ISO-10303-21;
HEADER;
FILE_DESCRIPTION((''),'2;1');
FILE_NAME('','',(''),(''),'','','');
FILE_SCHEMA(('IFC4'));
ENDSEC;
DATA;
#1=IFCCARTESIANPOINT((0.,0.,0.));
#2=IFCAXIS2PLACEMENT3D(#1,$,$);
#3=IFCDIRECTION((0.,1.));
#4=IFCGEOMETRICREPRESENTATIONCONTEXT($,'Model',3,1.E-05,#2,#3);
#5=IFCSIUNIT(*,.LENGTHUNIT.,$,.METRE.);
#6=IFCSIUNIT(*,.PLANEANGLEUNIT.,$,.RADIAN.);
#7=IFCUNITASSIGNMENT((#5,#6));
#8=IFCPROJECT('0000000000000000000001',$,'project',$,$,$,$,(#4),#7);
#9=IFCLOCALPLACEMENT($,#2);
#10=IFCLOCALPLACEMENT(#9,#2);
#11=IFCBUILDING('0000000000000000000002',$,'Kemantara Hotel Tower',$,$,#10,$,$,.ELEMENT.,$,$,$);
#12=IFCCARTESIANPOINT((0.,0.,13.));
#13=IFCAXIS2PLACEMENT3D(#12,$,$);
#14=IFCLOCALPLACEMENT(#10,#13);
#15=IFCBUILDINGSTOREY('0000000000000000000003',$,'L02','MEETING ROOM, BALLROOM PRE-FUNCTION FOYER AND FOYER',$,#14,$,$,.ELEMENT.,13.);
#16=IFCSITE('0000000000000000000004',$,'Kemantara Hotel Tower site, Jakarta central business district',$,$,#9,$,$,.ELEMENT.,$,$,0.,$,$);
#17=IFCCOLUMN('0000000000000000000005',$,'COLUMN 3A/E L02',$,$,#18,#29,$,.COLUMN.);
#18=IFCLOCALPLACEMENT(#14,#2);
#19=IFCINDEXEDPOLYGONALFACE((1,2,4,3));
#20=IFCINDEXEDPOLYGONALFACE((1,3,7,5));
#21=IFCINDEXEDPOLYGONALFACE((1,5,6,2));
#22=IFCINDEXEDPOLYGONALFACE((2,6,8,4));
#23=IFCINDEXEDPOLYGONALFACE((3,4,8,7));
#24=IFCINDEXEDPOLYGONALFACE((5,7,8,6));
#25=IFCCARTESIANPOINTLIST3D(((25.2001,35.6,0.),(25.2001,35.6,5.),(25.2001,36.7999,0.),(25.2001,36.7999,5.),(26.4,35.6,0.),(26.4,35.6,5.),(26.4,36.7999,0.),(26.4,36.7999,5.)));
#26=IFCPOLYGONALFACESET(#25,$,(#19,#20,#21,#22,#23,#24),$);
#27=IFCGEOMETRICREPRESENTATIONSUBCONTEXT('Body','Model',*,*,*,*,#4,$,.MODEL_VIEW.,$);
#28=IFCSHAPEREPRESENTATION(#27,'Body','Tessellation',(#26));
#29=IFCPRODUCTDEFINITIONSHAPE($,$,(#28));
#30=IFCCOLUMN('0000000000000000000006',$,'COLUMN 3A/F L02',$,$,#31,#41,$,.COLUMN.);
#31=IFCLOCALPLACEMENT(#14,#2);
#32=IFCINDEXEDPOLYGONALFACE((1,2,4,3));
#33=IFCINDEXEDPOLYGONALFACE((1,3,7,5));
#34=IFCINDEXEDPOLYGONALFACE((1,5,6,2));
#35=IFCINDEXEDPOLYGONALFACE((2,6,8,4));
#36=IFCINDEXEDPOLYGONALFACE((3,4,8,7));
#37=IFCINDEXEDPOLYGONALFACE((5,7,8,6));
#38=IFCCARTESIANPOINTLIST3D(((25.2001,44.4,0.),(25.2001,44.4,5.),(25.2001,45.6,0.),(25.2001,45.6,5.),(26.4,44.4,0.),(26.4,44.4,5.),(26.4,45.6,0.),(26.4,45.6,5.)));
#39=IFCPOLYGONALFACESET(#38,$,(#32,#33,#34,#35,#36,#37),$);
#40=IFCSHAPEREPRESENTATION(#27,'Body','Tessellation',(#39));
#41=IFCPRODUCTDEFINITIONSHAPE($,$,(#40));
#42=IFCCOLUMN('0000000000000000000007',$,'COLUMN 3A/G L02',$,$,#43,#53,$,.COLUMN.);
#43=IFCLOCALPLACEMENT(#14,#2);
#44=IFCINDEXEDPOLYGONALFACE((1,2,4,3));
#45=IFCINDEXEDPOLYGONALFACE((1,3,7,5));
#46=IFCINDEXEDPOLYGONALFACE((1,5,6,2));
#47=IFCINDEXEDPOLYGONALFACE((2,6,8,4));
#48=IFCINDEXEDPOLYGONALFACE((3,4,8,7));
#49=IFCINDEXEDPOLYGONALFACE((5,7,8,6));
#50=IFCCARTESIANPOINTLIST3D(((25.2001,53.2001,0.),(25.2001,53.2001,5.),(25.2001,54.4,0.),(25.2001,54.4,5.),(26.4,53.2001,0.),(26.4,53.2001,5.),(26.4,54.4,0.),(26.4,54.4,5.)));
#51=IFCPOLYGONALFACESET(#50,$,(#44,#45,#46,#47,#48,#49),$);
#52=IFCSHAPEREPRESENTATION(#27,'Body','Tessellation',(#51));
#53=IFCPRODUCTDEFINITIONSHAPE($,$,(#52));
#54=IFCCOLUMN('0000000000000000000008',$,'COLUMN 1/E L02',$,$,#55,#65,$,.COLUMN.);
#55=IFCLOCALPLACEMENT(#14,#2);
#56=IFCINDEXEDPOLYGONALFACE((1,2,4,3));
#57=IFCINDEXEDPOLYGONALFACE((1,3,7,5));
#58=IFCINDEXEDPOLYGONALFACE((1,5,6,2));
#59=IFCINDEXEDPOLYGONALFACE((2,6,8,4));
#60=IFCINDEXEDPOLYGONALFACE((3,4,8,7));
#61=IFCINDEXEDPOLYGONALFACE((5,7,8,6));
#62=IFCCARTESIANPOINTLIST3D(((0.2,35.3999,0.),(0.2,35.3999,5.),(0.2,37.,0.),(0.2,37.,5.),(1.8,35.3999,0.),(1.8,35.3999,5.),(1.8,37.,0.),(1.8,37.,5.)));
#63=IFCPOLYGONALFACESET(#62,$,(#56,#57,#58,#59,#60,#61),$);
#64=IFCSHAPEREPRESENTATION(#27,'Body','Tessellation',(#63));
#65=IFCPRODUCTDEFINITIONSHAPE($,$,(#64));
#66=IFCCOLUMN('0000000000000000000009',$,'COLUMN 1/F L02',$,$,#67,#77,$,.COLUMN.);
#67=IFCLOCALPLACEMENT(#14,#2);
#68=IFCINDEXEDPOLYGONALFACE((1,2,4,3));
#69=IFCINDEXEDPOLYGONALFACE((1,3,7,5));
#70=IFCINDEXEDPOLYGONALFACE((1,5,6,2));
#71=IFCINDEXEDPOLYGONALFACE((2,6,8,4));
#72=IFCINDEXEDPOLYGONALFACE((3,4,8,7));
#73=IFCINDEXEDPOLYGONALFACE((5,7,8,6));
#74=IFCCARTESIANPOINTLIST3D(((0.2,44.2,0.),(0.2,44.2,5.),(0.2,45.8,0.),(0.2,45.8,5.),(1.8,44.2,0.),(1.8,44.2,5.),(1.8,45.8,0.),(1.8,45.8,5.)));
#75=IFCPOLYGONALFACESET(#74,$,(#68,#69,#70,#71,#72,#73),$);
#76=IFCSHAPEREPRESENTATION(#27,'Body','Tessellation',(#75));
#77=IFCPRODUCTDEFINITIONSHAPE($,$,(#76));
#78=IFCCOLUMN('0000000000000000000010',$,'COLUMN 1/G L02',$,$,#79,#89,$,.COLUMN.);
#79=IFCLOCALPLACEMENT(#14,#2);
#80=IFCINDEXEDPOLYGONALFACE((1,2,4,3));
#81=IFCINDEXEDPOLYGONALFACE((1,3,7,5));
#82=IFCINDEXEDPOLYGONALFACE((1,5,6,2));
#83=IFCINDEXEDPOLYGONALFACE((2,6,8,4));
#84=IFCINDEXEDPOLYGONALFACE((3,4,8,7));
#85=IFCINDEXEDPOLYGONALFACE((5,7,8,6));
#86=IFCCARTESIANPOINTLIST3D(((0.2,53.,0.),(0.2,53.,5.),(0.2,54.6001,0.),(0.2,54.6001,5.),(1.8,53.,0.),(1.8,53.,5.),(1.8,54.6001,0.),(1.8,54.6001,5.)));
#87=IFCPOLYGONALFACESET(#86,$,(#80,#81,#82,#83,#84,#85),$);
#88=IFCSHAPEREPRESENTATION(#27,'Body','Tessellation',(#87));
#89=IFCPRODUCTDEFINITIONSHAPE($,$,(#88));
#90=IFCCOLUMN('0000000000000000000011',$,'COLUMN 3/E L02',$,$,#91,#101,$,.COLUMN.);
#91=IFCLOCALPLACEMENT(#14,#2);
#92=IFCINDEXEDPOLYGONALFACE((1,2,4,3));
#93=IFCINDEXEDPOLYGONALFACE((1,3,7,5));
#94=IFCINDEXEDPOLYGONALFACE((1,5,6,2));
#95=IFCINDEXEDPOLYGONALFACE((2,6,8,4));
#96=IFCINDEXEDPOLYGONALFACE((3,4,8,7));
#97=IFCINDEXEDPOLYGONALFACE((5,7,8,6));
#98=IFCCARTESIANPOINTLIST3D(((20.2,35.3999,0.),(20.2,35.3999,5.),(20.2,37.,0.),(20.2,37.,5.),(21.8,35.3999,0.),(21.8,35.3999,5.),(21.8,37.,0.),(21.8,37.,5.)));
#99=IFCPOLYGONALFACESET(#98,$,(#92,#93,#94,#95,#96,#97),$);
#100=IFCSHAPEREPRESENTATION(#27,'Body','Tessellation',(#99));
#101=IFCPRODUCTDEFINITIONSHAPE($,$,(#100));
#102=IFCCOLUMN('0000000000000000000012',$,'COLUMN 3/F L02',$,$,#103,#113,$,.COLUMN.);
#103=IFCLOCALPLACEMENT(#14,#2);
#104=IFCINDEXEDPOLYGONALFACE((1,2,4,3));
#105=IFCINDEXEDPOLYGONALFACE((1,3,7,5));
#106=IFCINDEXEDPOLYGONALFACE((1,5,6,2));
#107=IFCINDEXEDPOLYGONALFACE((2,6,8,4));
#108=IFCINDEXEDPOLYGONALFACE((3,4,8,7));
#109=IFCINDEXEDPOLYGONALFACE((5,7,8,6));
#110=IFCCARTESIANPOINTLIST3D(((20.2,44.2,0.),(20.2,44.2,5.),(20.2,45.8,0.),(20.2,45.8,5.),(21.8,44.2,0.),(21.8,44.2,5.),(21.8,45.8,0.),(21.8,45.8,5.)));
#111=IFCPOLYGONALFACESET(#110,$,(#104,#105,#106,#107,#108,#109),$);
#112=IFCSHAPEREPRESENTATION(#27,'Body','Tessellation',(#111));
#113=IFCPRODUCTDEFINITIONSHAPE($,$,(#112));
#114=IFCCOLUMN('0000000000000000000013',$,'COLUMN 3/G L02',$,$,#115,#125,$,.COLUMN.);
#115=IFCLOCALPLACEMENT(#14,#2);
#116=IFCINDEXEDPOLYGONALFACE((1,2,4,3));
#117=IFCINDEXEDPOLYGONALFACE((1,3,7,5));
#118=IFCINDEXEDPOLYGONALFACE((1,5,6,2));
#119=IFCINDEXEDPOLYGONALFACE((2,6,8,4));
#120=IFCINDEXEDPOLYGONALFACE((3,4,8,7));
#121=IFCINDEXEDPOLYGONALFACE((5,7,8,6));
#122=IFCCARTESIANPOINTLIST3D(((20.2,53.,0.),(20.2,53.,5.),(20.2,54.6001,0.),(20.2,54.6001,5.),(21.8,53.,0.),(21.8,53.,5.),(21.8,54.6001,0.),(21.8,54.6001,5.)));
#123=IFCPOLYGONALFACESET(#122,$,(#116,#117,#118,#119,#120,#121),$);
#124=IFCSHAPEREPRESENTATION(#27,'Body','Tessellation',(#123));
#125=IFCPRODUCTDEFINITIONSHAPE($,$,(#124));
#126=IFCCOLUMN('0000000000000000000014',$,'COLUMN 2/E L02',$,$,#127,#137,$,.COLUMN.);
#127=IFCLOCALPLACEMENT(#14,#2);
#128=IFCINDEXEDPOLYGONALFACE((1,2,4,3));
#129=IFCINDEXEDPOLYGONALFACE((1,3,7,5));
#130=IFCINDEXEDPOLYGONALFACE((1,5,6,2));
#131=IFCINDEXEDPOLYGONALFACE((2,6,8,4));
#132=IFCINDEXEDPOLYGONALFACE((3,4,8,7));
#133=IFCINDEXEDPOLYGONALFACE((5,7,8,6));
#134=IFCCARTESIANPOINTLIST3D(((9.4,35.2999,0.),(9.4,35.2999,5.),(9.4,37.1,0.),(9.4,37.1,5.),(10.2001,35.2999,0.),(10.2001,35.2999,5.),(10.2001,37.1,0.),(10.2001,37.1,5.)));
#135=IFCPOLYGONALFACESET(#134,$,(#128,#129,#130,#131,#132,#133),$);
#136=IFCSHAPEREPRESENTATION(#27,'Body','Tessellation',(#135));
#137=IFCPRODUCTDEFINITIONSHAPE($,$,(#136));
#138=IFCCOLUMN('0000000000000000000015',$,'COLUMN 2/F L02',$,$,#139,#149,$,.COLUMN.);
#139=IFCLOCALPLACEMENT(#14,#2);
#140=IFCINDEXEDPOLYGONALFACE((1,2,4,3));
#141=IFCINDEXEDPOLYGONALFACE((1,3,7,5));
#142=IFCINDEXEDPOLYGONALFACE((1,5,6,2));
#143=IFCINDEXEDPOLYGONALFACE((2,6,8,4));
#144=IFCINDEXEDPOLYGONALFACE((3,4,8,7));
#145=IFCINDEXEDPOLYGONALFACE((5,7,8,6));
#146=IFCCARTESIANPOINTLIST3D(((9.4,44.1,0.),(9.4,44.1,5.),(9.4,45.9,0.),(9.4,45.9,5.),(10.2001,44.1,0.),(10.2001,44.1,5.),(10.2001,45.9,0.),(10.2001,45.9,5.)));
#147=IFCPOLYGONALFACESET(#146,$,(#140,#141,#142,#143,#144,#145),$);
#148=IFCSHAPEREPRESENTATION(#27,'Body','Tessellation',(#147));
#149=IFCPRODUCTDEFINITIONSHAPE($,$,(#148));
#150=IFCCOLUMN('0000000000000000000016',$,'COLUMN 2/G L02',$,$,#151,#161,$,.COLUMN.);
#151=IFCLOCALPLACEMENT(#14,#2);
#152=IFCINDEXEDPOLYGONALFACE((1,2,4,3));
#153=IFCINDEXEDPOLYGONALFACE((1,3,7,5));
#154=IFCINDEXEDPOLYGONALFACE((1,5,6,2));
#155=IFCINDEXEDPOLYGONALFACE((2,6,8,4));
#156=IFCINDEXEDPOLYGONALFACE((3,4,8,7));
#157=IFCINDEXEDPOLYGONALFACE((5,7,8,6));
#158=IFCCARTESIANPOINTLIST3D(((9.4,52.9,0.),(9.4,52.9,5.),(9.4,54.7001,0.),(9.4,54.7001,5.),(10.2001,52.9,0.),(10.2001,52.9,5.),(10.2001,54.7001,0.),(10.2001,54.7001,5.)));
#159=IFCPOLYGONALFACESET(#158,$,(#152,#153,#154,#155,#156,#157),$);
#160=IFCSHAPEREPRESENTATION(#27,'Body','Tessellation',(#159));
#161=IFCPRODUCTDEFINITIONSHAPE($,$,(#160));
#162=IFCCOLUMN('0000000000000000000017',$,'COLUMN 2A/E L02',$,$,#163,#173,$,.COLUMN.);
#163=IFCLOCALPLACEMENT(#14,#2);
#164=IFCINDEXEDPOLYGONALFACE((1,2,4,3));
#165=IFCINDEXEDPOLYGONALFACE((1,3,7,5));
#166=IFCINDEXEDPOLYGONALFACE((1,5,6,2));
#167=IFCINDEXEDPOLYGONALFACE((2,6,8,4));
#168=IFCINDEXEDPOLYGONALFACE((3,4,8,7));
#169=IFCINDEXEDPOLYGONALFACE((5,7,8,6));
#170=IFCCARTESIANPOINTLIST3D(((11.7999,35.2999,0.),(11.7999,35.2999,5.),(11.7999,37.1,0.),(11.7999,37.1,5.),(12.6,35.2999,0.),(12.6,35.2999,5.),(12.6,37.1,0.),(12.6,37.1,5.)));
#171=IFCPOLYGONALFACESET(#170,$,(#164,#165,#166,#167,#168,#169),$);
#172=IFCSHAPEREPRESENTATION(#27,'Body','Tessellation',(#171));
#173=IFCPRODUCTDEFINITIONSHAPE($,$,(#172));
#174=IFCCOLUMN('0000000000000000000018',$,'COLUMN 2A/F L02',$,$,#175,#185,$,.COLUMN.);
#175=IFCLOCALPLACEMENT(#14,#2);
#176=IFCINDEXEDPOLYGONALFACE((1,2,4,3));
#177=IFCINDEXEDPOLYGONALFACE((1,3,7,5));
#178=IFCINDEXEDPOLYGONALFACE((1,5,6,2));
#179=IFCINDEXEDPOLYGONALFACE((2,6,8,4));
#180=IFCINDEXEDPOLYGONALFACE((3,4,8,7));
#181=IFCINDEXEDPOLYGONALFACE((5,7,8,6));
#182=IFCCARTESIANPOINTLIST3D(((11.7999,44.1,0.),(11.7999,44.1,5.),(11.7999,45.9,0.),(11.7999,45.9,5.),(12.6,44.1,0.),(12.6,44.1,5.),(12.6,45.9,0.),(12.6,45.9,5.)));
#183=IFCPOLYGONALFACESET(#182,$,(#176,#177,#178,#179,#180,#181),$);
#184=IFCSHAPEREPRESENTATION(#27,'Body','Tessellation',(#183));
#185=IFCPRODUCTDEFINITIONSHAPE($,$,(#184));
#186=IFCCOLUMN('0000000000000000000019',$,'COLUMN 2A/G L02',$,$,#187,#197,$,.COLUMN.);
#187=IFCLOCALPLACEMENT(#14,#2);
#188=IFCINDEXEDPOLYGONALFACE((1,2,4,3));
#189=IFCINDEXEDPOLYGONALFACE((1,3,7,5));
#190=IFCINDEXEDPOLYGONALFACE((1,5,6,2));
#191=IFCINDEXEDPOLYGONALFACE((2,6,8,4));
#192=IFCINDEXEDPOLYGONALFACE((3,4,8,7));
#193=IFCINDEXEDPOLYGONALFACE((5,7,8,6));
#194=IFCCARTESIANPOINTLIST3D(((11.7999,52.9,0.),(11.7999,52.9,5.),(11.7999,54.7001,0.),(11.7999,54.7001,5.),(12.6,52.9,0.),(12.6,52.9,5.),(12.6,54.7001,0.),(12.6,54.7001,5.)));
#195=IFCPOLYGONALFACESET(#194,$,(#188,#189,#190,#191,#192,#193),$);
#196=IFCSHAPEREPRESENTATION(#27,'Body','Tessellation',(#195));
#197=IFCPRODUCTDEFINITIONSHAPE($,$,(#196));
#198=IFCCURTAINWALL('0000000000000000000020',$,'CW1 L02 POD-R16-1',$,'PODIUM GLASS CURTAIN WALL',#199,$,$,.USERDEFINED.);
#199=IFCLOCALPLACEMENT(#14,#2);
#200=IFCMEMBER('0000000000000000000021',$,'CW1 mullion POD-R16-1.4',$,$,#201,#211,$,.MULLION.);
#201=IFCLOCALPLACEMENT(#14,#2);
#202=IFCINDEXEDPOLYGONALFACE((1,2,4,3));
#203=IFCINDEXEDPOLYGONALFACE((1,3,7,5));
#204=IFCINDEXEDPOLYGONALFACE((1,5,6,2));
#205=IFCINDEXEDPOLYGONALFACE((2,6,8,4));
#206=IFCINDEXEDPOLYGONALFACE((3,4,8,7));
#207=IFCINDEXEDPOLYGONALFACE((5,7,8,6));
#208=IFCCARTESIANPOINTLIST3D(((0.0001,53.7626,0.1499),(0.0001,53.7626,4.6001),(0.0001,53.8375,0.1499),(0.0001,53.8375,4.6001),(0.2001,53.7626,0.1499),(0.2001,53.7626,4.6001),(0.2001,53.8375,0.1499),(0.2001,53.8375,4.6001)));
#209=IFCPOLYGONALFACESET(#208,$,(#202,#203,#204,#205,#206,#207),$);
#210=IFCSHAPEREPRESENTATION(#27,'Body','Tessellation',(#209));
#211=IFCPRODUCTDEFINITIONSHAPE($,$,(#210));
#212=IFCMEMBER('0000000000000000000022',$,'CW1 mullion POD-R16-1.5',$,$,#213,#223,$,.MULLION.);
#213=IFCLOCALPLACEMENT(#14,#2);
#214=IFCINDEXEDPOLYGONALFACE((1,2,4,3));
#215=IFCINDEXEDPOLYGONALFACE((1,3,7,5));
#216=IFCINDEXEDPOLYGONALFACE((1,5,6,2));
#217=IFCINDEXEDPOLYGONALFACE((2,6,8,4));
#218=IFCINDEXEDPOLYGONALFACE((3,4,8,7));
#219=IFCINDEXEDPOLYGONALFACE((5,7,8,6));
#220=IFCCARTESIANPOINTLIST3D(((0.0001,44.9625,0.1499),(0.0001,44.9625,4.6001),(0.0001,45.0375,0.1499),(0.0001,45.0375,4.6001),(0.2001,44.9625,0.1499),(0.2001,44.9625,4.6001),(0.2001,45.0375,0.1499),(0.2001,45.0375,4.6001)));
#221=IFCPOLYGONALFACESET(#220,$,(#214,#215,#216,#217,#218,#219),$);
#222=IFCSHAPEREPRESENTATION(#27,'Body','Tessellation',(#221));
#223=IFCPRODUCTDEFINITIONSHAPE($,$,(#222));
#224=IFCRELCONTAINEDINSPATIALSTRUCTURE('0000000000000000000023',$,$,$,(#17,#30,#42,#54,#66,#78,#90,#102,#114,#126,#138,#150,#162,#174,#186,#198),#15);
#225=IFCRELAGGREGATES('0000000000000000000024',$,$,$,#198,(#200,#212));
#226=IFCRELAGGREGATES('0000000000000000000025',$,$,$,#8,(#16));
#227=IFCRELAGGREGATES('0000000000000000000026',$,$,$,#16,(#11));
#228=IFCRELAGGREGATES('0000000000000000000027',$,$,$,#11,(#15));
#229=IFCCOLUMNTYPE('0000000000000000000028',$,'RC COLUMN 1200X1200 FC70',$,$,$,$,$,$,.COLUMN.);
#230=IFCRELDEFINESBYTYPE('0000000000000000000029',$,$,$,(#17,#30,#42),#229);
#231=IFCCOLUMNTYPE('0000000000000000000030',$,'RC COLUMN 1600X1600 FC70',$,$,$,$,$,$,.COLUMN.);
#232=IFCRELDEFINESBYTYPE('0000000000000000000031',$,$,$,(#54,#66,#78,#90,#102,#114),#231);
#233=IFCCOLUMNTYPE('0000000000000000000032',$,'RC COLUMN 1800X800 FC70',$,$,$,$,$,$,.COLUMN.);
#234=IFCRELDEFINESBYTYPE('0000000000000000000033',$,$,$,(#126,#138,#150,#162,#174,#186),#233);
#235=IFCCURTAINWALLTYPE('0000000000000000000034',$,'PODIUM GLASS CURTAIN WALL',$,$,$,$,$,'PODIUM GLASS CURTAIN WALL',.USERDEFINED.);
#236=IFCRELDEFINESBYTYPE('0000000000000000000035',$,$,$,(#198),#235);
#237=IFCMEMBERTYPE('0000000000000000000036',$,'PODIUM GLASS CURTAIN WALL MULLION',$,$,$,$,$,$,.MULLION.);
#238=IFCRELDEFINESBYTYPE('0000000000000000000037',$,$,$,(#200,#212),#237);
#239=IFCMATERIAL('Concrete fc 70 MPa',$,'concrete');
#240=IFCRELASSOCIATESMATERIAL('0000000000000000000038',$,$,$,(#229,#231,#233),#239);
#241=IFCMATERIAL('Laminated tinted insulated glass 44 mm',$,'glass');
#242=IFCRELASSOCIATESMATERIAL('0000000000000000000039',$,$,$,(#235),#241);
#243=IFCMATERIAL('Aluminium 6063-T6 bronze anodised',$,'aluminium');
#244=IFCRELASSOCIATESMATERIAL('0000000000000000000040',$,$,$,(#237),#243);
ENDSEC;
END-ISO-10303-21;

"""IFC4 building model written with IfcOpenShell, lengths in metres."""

from ifc_helpers import new_model, si_unit, direction, frame, origin, origin_2d, place, context, subcontext, project, spatial, rectangle, extrude, source, transform, mapped, material, material_profile, profile_set, type_object, element, aggregate, save


model = new_model("IFC4")

# Units and contexts
model_context = context("Model", 3, precision=1e-05, world=origin(), true_north=direction((0.0, 1.0)))
body_context = subcontext(model_context, "Body", "Model", "MODEL_VIEW")
ifc_project = project(units=[si_unit("LENGTHUNIT", "METRE"), si_unit("PLANEANGLEUNIT", "RADIAN")], contexts=[model_context])

# Site, building, storey
site_placement = place(None, origin())
site = spatial("IfcSite", under=ifc_project, at=site_placement, Name="Kemantara Hotel Tower site, Jakarta central business district", CompositionType="ELEMENT", RefElevation=0.0)
building_placement = place(site_placement, origin())
building = spatial("IfcBuilding", under=site, at=building_placement, Name="Kemantara Hotel Tower", CompositionType="ELEMENT")
storey_placement = place(building_placement, frame((0.0, 0.0, 13.0)))
storey = spatial("IfcBuildingStorey", under=building, at=storey_placement, Name="L02", Description="MEETING ROOM, BALLROOM PRE-FUNCTION FOYER AND FOYER", CompositionType="ELEMENT", Elevation=13.0)

# Columns
ifc_material_1 = material(Name="Concrete fc 70 MPa", Category="concrete")
ifc_material_profile_1 = material_profile(ifc_material_1, rectangle(XDim=1.2, YDim=1.2, at=origin_2d()), Name="RC 1200X1200")
ifc_profile_set_1 = profile_set([ifc_material_profile_1], Name="Concrete fc 70 MPa")
column_type_1 = type_object("IfcColumnType", Name="RC COLUMN 1200X1200 FC70", PredefinedType="COLUMN", material=ifc_profile_set_1)
for number, where, z_axis, x_axis, name in (
    (1, (25.8, 36.2, 0.0), (0.0, 0.0, 1.0), (1.0, 0.0, 0.0), "COLUMN 3A/E L02"),
    (2, (25.8, 45.0, 0.0), (0.0, 0.0, 1.0), (1.0, 0.0, 0.0), "COLUMN 3A/F L02"),
    (3, (25.8, 53.8, 0.0), (0.0, 0.0, 1.0), (1.0, 0.0, 0.0), "COLUMN 3A/G L02"),
):
    element("IfcColumn", number, at=place(storey_placement, frame(where, z_axis=z_axis, x_axis=x_axis)), inside=storey, type_object=column_type_1, Name=name, PredefinedType="COLUMN", context=body_context, shape_type="SweptSolid", body=[
        extrude(rectangle(XDim=1.2, YDim=1.2, at=origin_2d()), origin(), (0.0, 0.0, 1.0), 5.0),
    ])
ifc_material_profile_2 = material_profile(ifc_material_1, rectangle(XDim=1.6001, YDim=1.6001, at=origin_2d()), Name="RC 1600X1600")
ifc_profile_set_2 = profile_set([ifc_material_profile_2], Name="Concrete fc 70 MPa")
column_type_2 = type_object("IfcColumnType", Name="RC COLUMN 1600X1600 FC70", PredefinedType="COLUMN", material=ifc_profile_set_2)
for number, where, z_axis, x_axis, name in (
    (4, (1.0, 36.2, 0.0), (0.0, 0.0, 1.0), (1.0, 0.0, 0.0), "COLUMN 1/E L02"),
    (5, (1.0, 45.0, 0.0), (0.0, 0.0, 1.0), (1.0, 0.0, 0.0), "COLUMN 1/F L02"),
    (6, (1.0, 53.8, 0.0), (0.0, 0.0, 1.0), (1.0, 0.0, 0.0), "COLUMN 1/G L02"),
    (7, (21.0, 36.2, 0.0), (0.0, 0.0, 1.0), (1.0, 0.0, 0.0), "COLUMN 3/E L02"),
    (8, (21.0, 45.0, 0.0), (0.0, 0.0, 1.0), (1.0, 0.0, 0.0), "COLUMN 3/F L02"),
    (9, (21.0, 53.8, 0.0), (0.0, 0.0, 1.0), (1.0, 0.0, 0.0), "COLUMN 3/G L02"),
):
    element("IfcColumn", number, at=place(storey_placement, frame(where, z_axis=z_axis, x_axis=x_axis)), inside=storey, type_object=column_type_2, Name=name, PredefinedType="COLUMN", context=body_context, shape_type="SweptSolid", body=[
        extrude(rectangle(XDim=1.6001, YDim=1.6001, at=origin_2d()), origin(), (0.0, 0.0, 1.0), 5.0),
    ])
ifc_material_profile_3 = material_profile(ifc_material_1, rectangle(XDim=1.8, YDim=0.8, at=origin_2d()), Name="RC 1800X800")
ifc_profile_set_3 = profile_set([ifc_material_profile_3], Name="Concrete fc 70 MPa")
column_type_3 = type_object("IfcColumnType", Name="RC COLUMN 1800X800 FC70", PredefinedType="COLUMN", material=ifc_profile_set_3)
for number, where, z_axis, x_axis, name in (
    (10, (9.8, 36.2, 0.0), (0.0, 0.0, 1.0), (0.0, 1.0, 0.0), "COLUMN 2/E L02"),
    (11, (9.8, 45.0, 0.0), (0.0, 0.0, 1.0), (0.0, 1.0, 0.0), "COLUMN 2/F L02"),
    (12, (9.8, 53.8, 0.0), (0.0, 0.0, 1.0), (0.0, 1.0, 0.0), "COLUMN 2/G L02"),
    (13, (12.2, 36.2, 0.0), (0.0, 0.0, 1.0), (0.0, 1.0, 0.0), "COLUMN 2A/E L02"),
    (14, (12.2, 45.0, 0.0), (0.0, 0.0, 1.0), (0.0, 1.0, 0.0), "COLUMN 2A/F L02"),
    (15, (12.2, 53.8, 0.0), (0.0, 0.0, 1.0), (0.0, 1.0, 0.0), "COLUMN 2A/G L02"),
):
    element("IfcColumn", number, at=place(storey_placement, frame(where, z_axis=z_axis, x_axis=x_axis)), inside=storey, type_object=column_type_3, Name=name, PredefinedType="COLUMN", context=body_context, shape_type="SweptSolid", body=[
        extrude(rectangle(XDim=1.8, YDim=0.8, at=origin_2d()), origin(), (0.0, 0.0, 1.0), 5.0),
    ])

# Curtain wall, members
ifc_material_2 = material(Name="Laminated tinted insulated glass 44 mm", Category="glass")
curtain_wall_type = type_object("IfcCurtainWallType", Name="PODIUM GLASS CURTAIN WALL", ElementType="PODIUM GLASS CURTAIN WALL", PredefinedType="USERDEFINED", material=ifc_material_2)
curtain_wall_placement = place(storey_placement, origin())
curtain_wall = element("IfcCurtainWall", 16, at=curtain_wall_placement, inside=storey, type_object=curtain_wall_type, Name="CW1 L02 POD-R16-1", ObjectType="PODIUM GLASS CURTAIN WALL", PredefinedType="USERDEFINED")
ifc_material_3 = material(Name="Aluminium 6063-T6 bronze anodised", Category="aluminium")
ifc_material_profile_4 = material_profile(ifc_material_3, rectangle(XDim=0.2, YDim=0.075, at=origin_2d()), Name="PODIUM GLASS CURTAIN WALL MULLION")
ifc_profile_set_4 = profile_set([ifc_material_profile_4], Name="Aluminium 6063-T6 bronze anodised")
member_type = type_object("IfcMemberType", Name="PODIUM GLASS CURTAIN WALL MULLION", PredefinedType="MULLION", material=ifc_profile_set_4)
shared_shape_1 = source(origin(), body_context, "Body", "SweptSolid", [
    extrude(rectangle(XDim=0.2, YDim=0.075, at=origin_2d()), origin(), (0.0, 0.0, 1.0), 4.4502),
])
member_1_placement = place(storey_placement, frame((0.1001, 53.8, 0.1499), z_axis=(0.0, 0.0, 1.0), x_axis=(1.0, 0.0, 0.0)))
member_1 = element("IfcMember", 17, at=member_1_placement, type_object=member_type, Name="CW1 mullion POD-R16-1.4", PredefinedType="MULLION", context=body_context, shape_type="MappedRepresentation", body=[
    mapped(shared_shape_1, transform((0.0, 0.0, 0.0))),
])
member_2_placement = place(storey_placement, frame((0.1001, 45.0, 0.1499), z_axis=(0.0, 0.0, 1.0), x_axis=(1.0, 0.0, 0.0)))
member_2 = element("IfcMember", 18, at=member_2_placement, type_object=member_type, Name="CW1 mullion POD-R16-1.5", PredefinedType="MULLION", context=body_context, shape_type="MappedRepresentation", body=[
    mapped(shared_shape_1, transform((0.0, 0.0, 0.0))),
])
aggregate(curtain_wall, [member_1, member_2])

save(model, "model.ifc")
